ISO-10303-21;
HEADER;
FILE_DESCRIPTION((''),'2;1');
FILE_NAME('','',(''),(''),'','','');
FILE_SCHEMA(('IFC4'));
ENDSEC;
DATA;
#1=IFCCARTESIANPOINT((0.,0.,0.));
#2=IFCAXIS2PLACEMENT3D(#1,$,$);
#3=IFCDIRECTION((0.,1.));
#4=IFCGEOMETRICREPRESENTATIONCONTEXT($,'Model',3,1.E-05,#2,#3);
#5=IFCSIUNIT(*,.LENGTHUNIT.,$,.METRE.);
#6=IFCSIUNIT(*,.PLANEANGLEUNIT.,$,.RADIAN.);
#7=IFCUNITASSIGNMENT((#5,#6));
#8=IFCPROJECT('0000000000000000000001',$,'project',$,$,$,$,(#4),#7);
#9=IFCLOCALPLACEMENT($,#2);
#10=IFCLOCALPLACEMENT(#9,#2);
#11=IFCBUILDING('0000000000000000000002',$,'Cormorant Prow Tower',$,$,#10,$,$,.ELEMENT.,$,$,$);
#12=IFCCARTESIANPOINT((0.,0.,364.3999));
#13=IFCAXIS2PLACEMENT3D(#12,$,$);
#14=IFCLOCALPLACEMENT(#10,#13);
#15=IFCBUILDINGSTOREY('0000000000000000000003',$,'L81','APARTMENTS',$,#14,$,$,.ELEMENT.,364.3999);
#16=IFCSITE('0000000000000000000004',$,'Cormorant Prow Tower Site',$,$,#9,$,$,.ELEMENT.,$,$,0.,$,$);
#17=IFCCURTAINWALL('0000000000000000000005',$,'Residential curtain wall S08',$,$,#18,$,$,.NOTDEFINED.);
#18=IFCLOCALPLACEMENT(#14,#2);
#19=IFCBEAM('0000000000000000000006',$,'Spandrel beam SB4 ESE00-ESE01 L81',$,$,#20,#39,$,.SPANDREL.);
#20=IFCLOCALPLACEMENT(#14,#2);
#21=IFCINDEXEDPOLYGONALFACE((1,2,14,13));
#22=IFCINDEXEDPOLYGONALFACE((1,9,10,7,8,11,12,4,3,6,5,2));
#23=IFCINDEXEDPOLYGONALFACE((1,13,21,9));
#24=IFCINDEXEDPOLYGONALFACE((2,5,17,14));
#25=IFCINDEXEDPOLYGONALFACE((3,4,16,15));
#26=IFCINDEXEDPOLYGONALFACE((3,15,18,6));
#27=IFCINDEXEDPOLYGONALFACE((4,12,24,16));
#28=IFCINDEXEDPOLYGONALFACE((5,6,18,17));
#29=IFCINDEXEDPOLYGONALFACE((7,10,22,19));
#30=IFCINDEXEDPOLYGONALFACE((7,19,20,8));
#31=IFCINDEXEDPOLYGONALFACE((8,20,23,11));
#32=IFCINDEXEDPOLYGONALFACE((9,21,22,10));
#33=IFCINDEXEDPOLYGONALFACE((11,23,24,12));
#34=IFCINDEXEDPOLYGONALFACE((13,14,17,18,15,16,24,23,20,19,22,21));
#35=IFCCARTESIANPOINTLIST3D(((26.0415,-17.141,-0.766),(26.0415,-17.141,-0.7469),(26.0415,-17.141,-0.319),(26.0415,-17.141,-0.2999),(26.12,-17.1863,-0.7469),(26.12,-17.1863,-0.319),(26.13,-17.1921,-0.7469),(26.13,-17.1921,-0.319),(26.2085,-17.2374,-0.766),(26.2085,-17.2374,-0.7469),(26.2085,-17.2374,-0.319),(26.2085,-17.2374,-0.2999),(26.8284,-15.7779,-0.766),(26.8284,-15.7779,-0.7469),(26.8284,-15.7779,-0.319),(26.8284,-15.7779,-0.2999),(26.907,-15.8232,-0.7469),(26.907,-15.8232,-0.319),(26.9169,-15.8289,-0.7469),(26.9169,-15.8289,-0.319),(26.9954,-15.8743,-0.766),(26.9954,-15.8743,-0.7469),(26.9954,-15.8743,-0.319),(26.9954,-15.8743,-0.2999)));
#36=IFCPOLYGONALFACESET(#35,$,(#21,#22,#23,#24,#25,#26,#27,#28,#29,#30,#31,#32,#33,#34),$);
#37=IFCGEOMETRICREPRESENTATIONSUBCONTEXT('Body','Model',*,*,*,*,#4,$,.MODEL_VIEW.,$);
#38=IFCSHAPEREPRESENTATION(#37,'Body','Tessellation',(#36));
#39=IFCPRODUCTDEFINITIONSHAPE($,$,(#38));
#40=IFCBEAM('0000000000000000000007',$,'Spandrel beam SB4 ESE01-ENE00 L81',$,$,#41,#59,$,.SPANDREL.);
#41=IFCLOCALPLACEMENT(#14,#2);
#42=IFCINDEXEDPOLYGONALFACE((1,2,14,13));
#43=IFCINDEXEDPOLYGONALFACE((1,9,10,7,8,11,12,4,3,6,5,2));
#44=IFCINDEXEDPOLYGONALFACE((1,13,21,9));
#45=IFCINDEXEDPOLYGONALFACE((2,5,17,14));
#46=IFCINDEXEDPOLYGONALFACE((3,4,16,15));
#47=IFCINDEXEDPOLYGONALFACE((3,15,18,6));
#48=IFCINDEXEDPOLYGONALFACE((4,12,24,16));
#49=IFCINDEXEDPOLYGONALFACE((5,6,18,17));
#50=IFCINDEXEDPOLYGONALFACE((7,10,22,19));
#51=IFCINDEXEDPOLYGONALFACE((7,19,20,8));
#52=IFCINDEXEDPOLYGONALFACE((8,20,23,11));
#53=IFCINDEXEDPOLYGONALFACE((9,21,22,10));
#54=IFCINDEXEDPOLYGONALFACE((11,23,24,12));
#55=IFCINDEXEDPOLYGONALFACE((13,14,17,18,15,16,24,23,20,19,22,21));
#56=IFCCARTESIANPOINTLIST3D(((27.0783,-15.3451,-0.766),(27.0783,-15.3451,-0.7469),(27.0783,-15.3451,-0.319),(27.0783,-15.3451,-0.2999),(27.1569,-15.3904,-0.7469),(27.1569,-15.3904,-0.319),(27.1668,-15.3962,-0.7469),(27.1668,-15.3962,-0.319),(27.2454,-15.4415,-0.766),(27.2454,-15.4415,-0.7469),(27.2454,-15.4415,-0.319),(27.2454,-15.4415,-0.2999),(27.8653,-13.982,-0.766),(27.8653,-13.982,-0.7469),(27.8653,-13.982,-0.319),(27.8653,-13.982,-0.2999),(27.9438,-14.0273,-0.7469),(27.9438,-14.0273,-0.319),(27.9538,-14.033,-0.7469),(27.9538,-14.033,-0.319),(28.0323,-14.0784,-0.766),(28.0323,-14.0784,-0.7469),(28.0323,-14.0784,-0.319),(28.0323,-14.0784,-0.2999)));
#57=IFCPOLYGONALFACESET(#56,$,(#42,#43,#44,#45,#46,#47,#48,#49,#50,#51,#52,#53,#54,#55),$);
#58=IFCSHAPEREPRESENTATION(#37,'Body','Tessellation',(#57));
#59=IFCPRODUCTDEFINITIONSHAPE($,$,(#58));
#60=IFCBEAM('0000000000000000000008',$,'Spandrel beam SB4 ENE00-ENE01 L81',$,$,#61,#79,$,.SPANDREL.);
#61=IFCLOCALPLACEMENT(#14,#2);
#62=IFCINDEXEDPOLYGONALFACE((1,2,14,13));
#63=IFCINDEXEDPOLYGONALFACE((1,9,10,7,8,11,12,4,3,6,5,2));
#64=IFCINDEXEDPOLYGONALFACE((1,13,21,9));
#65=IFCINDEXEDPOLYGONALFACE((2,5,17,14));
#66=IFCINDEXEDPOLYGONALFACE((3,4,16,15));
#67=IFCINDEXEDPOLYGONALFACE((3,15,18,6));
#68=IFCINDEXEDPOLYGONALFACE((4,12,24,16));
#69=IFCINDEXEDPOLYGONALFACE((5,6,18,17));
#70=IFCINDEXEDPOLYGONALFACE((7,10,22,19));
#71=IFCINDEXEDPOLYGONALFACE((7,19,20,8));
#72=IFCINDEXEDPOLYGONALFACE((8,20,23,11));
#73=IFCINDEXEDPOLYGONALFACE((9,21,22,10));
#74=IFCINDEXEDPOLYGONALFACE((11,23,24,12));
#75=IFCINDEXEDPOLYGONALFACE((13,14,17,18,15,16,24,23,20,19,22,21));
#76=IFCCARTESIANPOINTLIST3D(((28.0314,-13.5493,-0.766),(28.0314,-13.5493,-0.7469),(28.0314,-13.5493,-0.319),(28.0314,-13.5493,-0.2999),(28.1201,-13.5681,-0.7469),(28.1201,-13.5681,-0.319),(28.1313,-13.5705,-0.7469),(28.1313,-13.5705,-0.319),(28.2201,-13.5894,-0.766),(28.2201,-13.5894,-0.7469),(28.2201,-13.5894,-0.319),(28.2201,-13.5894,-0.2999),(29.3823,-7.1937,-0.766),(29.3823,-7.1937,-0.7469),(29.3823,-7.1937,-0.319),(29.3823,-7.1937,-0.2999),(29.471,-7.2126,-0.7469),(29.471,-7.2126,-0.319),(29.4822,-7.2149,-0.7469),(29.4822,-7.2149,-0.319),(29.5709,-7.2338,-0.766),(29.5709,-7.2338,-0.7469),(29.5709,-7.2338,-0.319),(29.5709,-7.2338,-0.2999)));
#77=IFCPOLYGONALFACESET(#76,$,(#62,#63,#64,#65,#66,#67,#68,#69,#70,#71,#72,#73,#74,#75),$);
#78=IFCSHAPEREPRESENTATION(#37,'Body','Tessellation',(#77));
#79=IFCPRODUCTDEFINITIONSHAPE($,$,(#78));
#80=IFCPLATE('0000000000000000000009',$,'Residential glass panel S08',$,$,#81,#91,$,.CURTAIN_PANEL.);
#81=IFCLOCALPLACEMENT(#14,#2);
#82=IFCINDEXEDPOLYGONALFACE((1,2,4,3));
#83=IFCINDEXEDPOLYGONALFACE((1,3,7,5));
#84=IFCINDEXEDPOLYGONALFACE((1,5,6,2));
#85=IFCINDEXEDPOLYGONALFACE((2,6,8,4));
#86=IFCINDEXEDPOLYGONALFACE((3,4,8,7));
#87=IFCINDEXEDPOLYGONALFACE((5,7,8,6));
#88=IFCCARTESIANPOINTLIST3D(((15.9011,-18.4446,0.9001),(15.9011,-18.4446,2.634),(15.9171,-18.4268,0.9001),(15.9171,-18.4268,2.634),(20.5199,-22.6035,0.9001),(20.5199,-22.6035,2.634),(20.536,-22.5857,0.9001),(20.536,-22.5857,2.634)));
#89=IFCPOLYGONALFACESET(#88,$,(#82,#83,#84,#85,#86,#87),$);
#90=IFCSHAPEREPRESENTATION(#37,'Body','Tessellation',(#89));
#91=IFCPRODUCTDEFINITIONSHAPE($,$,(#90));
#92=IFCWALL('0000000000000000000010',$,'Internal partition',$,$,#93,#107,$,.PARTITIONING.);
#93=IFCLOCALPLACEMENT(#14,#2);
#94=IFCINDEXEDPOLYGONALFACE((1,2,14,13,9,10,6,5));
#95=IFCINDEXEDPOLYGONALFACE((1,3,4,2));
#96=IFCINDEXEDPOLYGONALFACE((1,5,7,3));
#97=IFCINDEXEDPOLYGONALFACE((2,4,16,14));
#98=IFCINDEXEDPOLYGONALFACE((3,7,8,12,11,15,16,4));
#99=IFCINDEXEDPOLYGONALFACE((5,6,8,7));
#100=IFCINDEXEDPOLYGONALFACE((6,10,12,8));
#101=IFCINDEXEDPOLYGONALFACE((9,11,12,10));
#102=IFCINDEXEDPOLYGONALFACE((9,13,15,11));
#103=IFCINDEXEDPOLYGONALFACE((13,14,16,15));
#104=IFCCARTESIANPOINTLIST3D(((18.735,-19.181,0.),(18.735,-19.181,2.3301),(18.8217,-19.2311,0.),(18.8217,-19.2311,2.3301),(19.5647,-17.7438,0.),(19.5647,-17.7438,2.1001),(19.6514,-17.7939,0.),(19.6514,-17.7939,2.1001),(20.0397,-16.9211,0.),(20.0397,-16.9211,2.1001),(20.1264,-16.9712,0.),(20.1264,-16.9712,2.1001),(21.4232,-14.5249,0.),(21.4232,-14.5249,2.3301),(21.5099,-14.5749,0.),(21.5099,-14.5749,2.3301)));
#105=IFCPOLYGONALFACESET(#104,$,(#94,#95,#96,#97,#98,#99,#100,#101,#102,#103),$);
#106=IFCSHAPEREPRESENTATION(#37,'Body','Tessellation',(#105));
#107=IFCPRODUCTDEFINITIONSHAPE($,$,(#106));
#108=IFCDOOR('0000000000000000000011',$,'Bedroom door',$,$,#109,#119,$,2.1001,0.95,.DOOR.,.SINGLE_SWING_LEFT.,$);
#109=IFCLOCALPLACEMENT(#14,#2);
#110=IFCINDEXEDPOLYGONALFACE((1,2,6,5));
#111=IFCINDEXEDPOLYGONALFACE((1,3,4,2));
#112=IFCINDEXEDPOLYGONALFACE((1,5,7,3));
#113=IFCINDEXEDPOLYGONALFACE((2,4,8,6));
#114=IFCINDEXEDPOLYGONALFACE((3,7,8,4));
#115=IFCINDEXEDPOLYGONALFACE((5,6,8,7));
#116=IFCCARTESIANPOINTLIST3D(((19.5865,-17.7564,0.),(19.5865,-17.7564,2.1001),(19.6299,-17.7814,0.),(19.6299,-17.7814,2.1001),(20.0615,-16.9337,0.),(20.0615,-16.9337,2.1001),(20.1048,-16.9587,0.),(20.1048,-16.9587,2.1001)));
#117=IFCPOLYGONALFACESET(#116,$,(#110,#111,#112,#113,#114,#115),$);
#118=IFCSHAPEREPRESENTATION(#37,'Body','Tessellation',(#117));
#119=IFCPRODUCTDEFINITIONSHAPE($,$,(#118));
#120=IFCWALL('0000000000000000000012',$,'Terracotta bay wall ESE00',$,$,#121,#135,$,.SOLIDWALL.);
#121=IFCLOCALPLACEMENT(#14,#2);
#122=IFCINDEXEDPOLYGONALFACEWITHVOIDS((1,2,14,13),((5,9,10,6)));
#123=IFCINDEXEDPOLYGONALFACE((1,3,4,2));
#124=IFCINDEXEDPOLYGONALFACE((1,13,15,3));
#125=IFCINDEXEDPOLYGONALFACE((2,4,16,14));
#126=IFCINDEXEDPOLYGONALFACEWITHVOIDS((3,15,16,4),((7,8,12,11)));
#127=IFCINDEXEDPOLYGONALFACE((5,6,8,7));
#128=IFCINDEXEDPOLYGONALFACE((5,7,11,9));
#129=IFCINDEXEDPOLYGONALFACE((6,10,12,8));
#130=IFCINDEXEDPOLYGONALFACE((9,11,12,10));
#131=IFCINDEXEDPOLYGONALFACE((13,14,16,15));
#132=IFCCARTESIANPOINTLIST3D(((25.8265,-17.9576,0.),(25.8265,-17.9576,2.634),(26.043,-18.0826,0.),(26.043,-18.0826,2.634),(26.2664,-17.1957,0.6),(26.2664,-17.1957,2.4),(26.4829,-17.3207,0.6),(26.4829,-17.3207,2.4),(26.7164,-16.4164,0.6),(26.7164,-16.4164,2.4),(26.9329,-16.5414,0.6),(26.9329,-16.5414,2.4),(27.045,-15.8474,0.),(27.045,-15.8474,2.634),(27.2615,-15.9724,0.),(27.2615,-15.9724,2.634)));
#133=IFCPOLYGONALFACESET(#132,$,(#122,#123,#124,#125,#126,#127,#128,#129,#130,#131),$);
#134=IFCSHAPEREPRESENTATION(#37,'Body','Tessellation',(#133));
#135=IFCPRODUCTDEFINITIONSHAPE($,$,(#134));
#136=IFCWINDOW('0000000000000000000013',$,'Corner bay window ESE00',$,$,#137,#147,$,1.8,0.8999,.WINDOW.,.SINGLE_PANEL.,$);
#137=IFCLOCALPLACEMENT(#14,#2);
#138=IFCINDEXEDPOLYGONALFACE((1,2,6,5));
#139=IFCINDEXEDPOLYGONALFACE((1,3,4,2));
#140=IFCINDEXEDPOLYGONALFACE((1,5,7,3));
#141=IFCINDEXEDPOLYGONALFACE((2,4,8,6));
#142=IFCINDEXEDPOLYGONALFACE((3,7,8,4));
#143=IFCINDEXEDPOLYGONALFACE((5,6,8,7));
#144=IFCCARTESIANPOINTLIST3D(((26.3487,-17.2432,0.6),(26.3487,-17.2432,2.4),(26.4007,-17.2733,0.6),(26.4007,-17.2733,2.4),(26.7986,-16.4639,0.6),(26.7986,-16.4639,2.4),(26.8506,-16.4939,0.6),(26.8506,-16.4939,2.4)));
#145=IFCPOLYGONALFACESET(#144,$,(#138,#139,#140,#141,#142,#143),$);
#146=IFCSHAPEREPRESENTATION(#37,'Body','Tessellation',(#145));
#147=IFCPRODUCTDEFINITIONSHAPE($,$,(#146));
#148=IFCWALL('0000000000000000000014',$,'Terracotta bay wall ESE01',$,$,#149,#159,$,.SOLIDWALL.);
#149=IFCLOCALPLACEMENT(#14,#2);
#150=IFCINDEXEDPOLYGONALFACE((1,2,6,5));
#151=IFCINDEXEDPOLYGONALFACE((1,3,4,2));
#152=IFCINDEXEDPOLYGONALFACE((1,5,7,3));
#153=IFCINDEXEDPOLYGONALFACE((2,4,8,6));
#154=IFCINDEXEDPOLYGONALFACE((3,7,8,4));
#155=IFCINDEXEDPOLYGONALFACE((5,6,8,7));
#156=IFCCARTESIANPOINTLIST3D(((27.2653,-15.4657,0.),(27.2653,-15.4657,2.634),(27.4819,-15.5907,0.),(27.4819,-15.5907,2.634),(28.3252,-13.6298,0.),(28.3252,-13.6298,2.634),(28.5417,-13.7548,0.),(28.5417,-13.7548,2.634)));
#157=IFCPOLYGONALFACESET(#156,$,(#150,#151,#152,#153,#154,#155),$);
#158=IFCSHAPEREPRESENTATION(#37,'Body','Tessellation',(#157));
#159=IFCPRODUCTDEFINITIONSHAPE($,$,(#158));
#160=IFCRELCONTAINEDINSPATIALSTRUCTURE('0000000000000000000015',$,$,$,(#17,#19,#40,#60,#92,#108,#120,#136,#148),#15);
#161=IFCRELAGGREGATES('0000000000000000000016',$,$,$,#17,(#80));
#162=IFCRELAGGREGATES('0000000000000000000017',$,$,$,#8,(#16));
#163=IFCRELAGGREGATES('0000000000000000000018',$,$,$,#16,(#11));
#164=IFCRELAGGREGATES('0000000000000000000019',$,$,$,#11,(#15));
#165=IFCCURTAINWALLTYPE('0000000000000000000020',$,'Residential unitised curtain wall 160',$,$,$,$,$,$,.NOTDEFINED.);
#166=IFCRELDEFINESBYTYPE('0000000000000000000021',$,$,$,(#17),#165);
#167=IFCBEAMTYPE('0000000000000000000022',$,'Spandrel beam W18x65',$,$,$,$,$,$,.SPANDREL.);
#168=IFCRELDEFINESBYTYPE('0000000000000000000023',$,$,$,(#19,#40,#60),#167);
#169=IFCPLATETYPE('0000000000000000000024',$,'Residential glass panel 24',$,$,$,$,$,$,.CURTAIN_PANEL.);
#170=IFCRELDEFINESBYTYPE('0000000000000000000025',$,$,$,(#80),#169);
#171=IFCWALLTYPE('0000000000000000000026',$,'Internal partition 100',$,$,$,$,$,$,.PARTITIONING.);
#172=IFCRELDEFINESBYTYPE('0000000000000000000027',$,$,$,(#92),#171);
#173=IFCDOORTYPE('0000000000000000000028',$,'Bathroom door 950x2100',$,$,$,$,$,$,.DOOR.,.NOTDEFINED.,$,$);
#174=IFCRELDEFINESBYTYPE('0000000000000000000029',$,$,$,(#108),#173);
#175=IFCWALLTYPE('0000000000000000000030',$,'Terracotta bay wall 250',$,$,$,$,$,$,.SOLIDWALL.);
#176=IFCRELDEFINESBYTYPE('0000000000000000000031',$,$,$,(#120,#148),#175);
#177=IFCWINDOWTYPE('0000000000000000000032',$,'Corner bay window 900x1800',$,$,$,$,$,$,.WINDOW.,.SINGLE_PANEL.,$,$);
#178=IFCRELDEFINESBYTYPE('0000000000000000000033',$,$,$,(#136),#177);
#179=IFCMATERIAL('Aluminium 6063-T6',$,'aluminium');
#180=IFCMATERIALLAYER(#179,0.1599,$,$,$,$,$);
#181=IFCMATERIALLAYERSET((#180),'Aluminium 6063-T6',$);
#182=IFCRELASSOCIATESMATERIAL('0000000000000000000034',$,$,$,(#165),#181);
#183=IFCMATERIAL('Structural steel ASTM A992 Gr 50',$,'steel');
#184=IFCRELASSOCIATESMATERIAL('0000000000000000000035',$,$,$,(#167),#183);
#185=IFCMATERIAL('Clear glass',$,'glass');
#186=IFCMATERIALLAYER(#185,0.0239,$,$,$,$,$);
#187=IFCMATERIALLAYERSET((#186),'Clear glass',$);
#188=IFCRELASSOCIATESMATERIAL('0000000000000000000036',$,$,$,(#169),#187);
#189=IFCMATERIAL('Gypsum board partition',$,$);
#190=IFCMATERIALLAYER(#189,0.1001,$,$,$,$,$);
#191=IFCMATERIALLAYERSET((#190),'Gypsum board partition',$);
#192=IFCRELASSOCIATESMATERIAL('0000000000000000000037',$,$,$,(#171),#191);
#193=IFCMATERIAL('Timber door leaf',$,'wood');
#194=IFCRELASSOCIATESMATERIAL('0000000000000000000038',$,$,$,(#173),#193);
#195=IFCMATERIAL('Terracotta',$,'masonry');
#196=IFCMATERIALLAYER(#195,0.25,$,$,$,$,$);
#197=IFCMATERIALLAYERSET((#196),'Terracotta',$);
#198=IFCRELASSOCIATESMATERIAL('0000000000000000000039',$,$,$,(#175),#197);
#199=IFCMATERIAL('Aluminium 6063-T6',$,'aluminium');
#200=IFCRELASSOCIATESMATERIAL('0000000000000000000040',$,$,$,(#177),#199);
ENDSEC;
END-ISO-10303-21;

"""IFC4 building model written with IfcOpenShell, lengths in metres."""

from ifc_helpers import new_model, si_unit, direction, frame, frame_2d, origin, origin_2d, place, context, subcontext, project, spatial, rectangle, i_section, extrude, material, layer, layer_set, material_profile, profile_set, type_object, element, fill, aggregate, save


model = new_model("IFC4")

# Units and contexts
model_context = context("Model", 3, precision=1e-05, world=origin(), true_north=direction((0.0, 1.0)))
body_context = subcontext(model_context, "Body", "Model", "MODEL_VIEW")
ifc_project = project(units=[si_unit("LENGTHUNIT", "METRE"), si_unit("PLANEANGLEUNIT", "RADIAN")], contexts=[model_context])

# Site, building, storey
site_placement = place(None, origin())
site = spatial("IfcSite", under=ifc_project, at=site_placement, Name="Cormorant Prow Tower Site", CompositionType="ELEMENT", RefElevation=0.0)
building_placement = place(site_placement, origin())
building = spatial("IfcBuilding", under=site, at=building_placement, Name="Cormorant Prow Tower", CompositionType="ELEMENT")
storey_placement = place(building_placement, frame((0.0, 0.0, 364.3999)))
storey = spatial("IfcBuildingStorey", under=building, at=storey_placement, Name="L81", Description="APARTMENTS", CompositionType="ELEMENT", Elevation=364.3999)

# Curtain wall
ifc_material_1 = material(Name="Aluminium 6063-T6", Category="aluminium")
ifc_layer_1 = layer(ifc_material_1, 0.1599)
ifc_layer_set_1 = layer_set([ifc_layer_1], Name="Aluminium 6063-T6")
curtain_wall_type = type_object("IfcCurtainWallType", Name="Residential unitised curtain wall 160", PredefinedType="NOTDEFINED", material=ifc_layer_set_1)
curtain_wall_placement = place(storey_placement, origin())
curtain_wall = element("IfcCurtainWall", 1, at=curtain_wall_placement, inside=storey, type_object=curtain_wall_type, Name="Residential curtain wall S08", PredefinedType="NOTDEFINED")

# Beams
ifc_material_2 = material(Name="Structural steel ASTM A992 Gr 50", Category="steel")
ifc_material_profile_1 = material_profile(ifc_material_2, i_section(OverallWidth=0.1929, OverallDepth=0.4661, WebThickness=0.0115, FlangeThickness=0.019, at=origin_2d()), Name="W18x65")
ifc_profile_set_1 = profile_set([ifc_material_profile_1], Name="Structural steel ASTM A992 Gr 50")
beam_type = type_object("IfcBeamType", Name="Spandrel beam W18x65", PredefinedType="SPANDREL", material=ifc_profile_set_1)
for number, where, z_axis, x_axis, name in (
    (2, (26.125, -17.1892, -0.533), (0.49996, 0.866049, 0.0), (-0.866049, 0.49996, 0.0), "Spandrel beam SB4 ESE00-ESE01 L81"),
    (3, (27.1619, -15.3933, -0.533), (0.49996, 0.866049, 0.0), (-0.866049, 0.49996, 0.0), "Spandrel beam SB4 ESE01-ENE00 L81"),
):
    element("IfcBeam", number, at=place(storey_placement, frame(where, z_axis=z_axis, x_axis=x_axis)), inside=storey, type_object=beam_type, Name=name, PredefinedType="SPANDREL", context=body_context, shape_type="SweptSolid", body=[
        extrude(i_section(OverallWidth=0.1929, OverallDepth=0.4661, WebThickness=0.0115, FlangeThickness=0.019, at=origin_2d()), origin(), (0.0, 0.0, 1.0), 1.574),
    ])
beam_placement = place(storey_placement, frame((28.1257, -13.5693, -0.533), z_axis=(0.207902, 0.97815, 0.0), x_axis=(-0.97815, 0.207902, 0.0)))
element("IfcBeam", 4, at=beam_placement, inside=storey, type_object=beam_type, Name="Spandrel beam SB4 ENE00-ENE01 L81", PredefinedType="SPANDREL", context=body_context, shape_type="SweptSolid", body=[
    extrude(i_section(OverallWidth=0.1929, OverallDepth=0.4661, WebThickness=0.0115, FlangeThickness=0.019, at=origin_2d()), origin(), (0.0, 0.0, 1.0), 6.4976),
])

# Plate
ifc_material_3 = material(Name="Clear glass", Category="glass")
ifc_layer_2 = layer(ifc_material_3, 0.0239)
ifc_layer_set_2 = layer_set([ifc_layer_2], Name="Clear glass")
plate_type = type_object("IfcPlateType", Name="Residential glass panel 24", PredefinedType="CURTAIN_PANEL", material=ifc_layer_set_2)
plate_placement = place(storey_placement, frame((18.2185, -20.5151, 0.9001), z_axis=(0.0, 0.0, 1.0), x_axis=(0.743145, -0.669131, 0.0)))
plate = element("IfcPlate", 5, at=plate_placement, type_object=plate_type, Name="Residential glass panel S08", PredefinedType="CURTAIN_PANEL", context=body_context, shape_type="SweptSolid", body=[
    extrude(rectangle(XDim=6.2153, YDim=0.0239, at=origin_2d()), origin(), (0.0, 0.0, 1.0), 1.7339),
])
aggregate(curtain_wall, [plate])

# Wall, opening, door
ifc_material_4 = material(Name="Gypsum board partition")
ifc_layer_3 = layer(ifc_material_4, 0.1001)
ifc_layer_set_3 = layer_set([ifc_layer_3], Name="Gypsum board partition")
wall_type_1 = type_object("IfcWallType", Name="Internal partition 100", PredefinedType="PARTITIONING", material=ifc_layer_set_3)
wall_1_placement = place(storey_placement, frame((18.7783, -19.2061, 0.0), z_axis=(0.0, 0.0, 1.0), x_axis=(0.499992, 0.86603, 0.0)))
wall_1 = element("IfcWall", 6, at=wall_1_placement, inside=storey, type_object=wall_type_1, Name="Internal partition", PredefinedType="PARTITIONING", context=body_context, shape_type="SweptSolid", body=[
    extrude(rectangle(XDim=5.3765, YDim=0.1001, at=frame_2d((2.6882, 0.0))), origin(), (0.0, 0.0, 1.0), 2.3301),
])
opening_1_placement = place(wall_1_placement, frame((1.6594, 0.0, 0.0)))
opening_1 = element("IfcOpeningElement", 7, at=opening_1_placement, cuts=wall_1, PredefinedType="OPENING", context=body_context, shape_type="SweptSolid", body=[
    extrude(rectangle(XDim=0.95, YDim=2.1001, at=frame_2d((0.4751, 1.05))), frame((0.0, 0.0601, 0.0), z_axis=(0.0, -1.0, 0.0), x_axis=(1.0, 0.0, 0.0)), (0.0, 0.0, 1.0), 0.1201),
])
ifc_material_5 = material(Name="Timber door leaf", Category="wood")
door_type_1 = type_object("IfcDoorType", Name="Bathroom door 950x2100", OperationType="NOTDEFINED", PredefinedType="DOOR", material=ifc_material_5)
door_1_placement = place(opening_1_placement, origin())
door_1 = element("IfcDoor", 8, at=door_1_placement, inside=storey, type_object=door_type_1, Name="Bedroom door", OperationType="SINGLE_SWING_LEFT", OverallHeight=2.1001, OverallWidth=0.95, PredefinedType="DOOR", context=body_context, shape_type="SweptSolid", body=[
    extrude(rectangle(XDim=0.95, YDim=2.1001, at=frame_2d((0.4751, 1.05))), frame((0.0, 0.0249, 0.0), z_axis=(0.0, -1.0, 0.0), x_axis=(1.0, 0.0, 0.0)), (0.0, 0.0, 1.0), 0.05),
])
fill(opening_1, door_1)

# Wall, opening, window
ifc_material_6 = material(Name="Terracotta", Category="masonry")
ifc_layer_4 = layer(ifc_material_6, 0.25)
ifc_layer_set_4 = layer_set([ifc_layer_4], Name="Terracotta")
wall_type_2 = type_object("IfcWallType", Name="Terracotta bay wall 250", PredefinedType="SOLIDWALL", material=ifc_layer_set_4)
wall_2_placement = place(storey_placement, frame((25.9348, -18.02, 0.0), z_axis=(0.0, 0.0, 1.0), x_axis=(0.500029, 0.866009, 0.0)))
wall_2 = element("IfcWall", 9, at=wall_2_placement, inside=storey, type_object=wall_type_2, Name="Terracotta bay wall ESE00", PredefinedType="SOLIDWALL", context=body_context, shape_type="SweptSolid", body=[
    extrude(rectangle(XDim=2.4368, YDim=0.25, at=frame_2d((1.2183, 0.0))), origin(), (0.0, 0.0, 1.0), 2.634),
])
opening_2_placement = place(wall_2_placement, frame((0.8796, 0.0, 0.6001)))
opening_2 = element("IfcOpeningElement", 10, at=opening_2_placement, cuts=wall_2, PredefinedType="OPENING", context=body_context, shape_type="SweptSolid", body=[
    extrude(rectangle(XDim=0.8999, YDim=1.8, at=frame_2d((0.45, 0.8999))), frame((0.0, 0.135, 0.0), z_axis=(0.0, -1.0, 0.0), x_axis=(1.0, 0.0, 0.0)), (0.0, 0.0, 1.0), 0.27),
])
ifc_material_7 = material(Name="Aluminium 6063-T6", Category="aluminium")
window_type = type_object("IfcWindowType", Name="Corner bay window 900x1800", PartitioningType="SINGLE_PANEL", PredefinedType="WINDOW", material=ifc_material_7)
window_placement = place(opening_2_placement, origin())
window = element("IfcWindow", 11, at=window_placement, inside=storey, type_object=window_type, Name="Corner bay window ESE00", OverallHeight=1.8, OverallWidth=0.8999, PartitioningType="SINGLE_PANEL", PredefinedType="WINDOW", context=body_context, shape_type="SweptSolid", body=[
    extrude(rectangle(XDim=0.8999, YDim=1.8, at=frame_2d((0.45, 0.8999))), frame((0.0, 0.03, 0.0), z_axis=(0.0, -1.0, 0.0), x_axis=(1.0, 0.0, 0.0)), (0.0, 0.0, 1.0), 0.0601),
])
fill(opening_2, window)

# Wall
wall_3_placement = place(storey_placement, frame((27.3735, -15.5283, 0.0), z_axis=(0.0, 0.0, 1.0), x_axis=(0.499942, 0.866059, 0.0)))
element("IfcWall", 12, at=wall_3_placement, inside=storey, type_object=wall_type_2, Name="Terracotta bay wall ESE01", PredefinedType="SOLIDWALL", context=body_context, shape_type="SweptSolid", body=[
    extrude(rectangle(XDim=2.1199, YDim=0.25, at=frame_2d((1.0601, 0.0))), origin(), (0.0, 0.0, 1.0), 2.634),
])

save(model, "model.ifc")
